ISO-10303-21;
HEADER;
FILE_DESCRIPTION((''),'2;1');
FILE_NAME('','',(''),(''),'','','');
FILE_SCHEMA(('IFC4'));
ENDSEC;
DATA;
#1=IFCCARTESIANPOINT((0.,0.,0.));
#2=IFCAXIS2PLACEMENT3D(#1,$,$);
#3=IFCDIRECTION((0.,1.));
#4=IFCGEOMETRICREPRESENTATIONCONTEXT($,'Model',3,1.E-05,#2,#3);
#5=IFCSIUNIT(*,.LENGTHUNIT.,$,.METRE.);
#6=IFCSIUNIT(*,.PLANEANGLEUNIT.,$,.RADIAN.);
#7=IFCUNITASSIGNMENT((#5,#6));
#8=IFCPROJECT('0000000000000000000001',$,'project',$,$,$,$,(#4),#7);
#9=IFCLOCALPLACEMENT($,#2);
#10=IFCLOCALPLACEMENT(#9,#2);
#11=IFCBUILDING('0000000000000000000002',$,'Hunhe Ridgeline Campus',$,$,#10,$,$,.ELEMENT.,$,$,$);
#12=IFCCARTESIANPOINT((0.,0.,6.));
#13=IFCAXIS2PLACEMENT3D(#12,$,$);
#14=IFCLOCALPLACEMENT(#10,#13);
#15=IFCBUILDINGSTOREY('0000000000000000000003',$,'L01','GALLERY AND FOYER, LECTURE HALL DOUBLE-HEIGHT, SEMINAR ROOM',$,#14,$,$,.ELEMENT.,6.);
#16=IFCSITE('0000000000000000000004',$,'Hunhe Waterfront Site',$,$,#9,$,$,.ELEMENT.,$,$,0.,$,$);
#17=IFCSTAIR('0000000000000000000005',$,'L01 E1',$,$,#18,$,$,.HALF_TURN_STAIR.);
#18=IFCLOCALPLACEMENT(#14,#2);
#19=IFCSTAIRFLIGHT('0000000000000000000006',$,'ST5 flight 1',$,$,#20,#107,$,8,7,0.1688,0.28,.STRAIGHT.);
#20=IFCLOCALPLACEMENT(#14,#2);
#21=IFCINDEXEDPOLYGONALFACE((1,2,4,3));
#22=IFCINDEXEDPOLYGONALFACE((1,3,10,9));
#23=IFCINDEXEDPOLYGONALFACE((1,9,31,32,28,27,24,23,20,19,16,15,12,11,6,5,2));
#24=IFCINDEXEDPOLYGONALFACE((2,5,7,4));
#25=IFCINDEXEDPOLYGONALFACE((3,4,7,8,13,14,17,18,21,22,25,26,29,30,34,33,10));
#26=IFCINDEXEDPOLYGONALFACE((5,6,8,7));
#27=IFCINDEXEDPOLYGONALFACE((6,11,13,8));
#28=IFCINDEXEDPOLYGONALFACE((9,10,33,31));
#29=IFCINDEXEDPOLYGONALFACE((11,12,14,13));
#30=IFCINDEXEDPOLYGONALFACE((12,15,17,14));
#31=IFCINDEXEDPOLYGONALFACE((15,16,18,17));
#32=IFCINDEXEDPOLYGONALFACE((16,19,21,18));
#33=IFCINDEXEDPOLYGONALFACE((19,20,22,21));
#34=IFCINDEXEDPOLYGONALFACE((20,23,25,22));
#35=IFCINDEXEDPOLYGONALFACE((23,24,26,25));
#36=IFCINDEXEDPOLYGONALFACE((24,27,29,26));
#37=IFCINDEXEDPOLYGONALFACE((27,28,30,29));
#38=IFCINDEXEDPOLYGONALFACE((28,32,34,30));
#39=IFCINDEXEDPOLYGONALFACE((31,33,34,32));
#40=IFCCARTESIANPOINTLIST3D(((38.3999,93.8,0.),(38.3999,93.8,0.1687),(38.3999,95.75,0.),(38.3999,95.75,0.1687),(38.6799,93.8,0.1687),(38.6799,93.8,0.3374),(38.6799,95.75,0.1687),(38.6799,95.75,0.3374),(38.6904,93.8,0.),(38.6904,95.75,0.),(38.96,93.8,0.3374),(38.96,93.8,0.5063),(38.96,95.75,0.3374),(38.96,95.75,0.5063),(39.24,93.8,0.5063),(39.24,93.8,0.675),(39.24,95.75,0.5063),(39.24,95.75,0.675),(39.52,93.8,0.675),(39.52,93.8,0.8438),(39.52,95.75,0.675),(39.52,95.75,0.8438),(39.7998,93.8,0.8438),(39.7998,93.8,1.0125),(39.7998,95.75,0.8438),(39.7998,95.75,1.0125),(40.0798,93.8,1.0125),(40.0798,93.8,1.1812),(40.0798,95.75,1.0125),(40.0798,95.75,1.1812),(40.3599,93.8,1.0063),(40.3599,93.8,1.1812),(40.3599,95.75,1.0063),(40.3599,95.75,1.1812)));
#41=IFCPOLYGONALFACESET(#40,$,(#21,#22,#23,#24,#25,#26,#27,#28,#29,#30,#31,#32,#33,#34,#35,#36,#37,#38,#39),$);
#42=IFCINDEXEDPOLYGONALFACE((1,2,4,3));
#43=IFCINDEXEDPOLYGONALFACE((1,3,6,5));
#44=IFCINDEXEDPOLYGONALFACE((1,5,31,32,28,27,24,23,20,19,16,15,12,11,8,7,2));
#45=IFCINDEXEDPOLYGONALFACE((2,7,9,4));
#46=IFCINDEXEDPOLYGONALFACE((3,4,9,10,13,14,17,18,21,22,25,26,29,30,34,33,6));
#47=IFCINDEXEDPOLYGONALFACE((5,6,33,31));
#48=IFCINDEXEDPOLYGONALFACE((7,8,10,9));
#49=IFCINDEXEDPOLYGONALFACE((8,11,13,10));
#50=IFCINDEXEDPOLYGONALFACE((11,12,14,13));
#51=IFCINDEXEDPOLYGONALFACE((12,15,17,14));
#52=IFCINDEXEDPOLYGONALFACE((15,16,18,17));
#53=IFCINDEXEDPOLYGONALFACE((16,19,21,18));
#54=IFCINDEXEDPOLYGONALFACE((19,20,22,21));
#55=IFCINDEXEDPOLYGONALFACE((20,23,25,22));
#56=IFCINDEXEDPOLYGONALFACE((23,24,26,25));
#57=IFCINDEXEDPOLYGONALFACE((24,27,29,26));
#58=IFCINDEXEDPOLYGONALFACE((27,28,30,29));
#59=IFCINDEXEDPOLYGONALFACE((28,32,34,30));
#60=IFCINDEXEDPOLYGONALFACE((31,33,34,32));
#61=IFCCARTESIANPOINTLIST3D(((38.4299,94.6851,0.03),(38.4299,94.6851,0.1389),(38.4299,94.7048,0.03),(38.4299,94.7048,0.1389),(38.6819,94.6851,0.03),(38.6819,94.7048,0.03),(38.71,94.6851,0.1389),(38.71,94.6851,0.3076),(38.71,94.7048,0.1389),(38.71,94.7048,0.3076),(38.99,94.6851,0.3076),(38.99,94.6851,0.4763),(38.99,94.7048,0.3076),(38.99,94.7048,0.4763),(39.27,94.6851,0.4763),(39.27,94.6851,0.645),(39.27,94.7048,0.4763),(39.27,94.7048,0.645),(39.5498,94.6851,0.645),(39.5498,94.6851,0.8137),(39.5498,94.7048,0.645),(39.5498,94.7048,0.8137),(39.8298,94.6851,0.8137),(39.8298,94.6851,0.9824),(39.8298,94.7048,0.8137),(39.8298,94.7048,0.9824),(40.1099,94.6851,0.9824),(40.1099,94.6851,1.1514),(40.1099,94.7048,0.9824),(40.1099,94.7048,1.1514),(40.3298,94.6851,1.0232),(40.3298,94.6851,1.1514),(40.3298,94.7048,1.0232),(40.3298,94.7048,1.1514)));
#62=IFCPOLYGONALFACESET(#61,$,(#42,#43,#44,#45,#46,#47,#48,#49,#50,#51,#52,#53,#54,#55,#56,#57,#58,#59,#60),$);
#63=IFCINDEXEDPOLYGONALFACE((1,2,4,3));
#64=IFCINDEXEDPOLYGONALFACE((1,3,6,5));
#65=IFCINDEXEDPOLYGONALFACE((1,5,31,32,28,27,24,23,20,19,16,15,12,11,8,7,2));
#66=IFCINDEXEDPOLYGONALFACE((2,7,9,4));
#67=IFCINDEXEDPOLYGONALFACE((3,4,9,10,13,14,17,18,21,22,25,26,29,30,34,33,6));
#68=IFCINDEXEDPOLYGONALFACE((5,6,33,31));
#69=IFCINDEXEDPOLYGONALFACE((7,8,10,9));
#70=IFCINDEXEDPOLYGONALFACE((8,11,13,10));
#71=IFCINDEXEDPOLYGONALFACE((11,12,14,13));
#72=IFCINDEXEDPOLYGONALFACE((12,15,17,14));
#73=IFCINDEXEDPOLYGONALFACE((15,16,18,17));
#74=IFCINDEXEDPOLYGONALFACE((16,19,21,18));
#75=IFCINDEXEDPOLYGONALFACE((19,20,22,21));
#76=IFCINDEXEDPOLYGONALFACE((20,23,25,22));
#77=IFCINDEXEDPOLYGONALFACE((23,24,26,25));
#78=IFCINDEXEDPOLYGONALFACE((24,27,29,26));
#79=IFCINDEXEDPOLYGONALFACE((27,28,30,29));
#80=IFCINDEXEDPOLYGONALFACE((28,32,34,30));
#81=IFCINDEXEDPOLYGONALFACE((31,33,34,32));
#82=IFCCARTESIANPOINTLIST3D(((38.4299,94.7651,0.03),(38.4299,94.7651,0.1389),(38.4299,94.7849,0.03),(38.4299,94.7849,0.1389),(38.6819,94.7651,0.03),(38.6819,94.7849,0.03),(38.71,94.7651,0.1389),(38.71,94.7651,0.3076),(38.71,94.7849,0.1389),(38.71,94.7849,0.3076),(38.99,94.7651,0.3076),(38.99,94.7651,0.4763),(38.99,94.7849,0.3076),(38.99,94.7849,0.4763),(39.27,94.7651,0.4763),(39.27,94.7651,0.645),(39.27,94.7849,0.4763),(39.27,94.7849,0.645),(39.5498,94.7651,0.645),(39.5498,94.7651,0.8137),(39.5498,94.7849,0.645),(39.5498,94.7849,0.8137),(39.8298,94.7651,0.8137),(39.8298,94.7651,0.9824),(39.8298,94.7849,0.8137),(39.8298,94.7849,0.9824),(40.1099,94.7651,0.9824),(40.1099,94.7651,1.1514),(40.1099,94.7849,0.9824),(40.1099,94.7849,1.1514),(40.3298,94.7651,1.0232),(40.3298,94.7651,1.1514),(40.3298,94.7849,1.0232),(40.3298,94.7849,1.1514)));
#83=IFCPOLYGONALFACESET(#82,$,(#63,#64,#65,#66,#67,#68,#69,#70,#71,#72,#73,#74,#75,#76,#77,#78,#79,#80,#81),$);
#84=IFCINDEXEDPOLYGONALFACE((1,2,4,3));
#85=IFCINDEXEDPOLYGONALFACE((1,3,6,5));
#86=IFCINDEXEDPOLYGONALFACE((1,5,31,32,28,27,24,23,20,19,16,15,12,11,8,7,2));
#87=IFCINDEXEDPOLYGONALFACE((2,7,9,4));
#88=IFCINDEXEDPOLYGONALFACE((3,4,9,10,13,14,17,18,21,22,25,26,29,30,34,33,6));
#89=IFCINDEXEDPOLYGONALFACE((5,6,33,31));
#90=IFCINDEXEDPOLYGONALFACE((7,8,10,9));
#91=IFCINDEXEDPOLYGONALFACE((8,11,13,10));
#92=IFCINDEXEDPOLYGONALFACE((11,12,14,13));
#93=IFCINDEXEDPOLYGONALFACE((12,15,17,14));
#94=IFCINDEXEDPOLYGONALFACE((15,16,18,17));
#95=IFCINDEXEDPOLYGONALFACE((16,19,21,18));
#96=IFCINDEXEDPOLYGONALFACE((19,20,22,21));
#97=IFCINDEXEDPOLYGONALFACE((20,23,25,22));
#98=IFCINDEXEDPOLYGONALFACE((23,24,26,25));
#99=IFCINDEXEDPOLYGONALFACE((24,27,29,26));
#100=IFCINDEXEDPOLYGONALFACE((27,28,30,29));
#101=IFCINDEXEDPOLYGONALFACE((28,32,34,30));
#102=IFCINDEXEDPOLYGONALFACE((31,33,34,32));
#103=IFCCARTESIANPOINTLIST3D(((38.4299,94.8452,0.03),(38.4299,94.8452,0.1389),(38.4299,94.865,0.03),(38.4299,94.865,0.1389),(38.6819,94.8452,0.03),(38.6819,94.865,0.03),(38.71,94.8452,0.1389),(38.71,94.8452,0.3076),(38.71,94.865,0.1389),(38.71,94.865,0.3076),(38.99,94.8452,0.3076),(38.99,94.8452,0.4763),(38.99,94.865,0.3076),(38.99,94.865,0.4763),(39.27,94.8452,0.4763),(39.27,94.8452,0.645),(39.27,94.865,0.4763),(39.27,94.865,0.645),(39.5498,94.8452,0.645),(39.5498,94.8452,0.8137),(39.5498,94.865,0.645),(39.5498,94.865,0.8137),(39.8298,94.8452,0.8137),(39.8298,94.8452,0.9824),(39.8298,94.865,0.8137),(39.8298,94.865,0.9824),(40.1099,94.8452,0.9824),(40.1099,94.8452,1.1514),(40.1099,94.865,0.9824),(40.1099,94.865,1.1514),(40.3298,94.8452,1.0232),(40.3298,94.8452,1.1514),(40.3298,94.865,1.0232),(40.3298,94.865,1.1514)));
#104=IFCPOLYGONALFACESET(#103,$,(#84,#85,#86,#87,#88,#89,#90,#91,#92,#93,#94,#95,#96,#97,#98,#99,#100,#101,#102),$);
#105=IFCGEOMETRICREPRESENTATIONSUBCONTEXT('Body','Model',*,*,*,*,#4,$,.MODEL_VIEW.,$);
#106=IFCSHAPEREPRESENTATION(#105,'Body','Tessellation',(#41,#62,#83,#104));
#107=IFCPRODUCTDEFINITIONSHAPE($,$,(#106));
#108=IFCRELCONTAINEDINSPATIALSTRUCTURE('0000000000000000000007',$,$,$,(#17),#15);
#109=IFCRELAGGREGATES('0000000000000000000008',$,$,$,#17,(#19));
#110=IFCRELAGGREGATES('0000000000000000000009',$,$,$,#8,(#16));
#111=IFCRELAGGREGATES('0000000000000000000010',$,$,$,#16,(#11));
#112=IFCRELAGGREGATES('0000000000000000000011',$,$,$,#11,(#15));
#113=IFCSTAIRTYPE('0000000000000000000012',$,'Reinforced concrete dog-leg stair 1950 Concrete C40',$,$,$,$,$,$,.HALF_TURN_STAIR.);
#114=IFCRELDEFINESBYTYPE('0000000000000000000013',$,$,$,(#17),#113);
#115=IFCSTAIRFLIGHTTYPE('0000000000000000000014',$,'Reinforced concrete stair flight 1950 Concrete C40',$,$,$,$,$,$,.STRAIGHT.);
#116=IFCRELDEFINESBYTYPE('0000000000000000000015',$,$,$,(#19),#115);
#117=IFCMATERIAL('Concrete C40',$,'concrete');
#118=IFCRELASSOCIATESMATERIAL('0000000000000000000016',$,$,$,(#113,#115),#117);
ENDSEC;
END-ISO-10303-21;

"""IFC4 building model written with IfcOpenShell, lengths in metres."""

from ifc_helpers import new_model, si_unit, direction, frame, origin, place, context, subcontext, project, spatial, polyline, outline, extrude, material, type_object, element, aggregate, save


model = new_model("IFC4")

# Units and contexts
model_context = context("Model", 3, precision=1e-05, world=origin(), true_north=direction((0.0, 1.0)))
body_context = subcontext(model_context, "Body", "Model", "MODEL_VIEW")
ifc_project = project(units=[si_unit("LENGTHUNIT", "METRE"), si_unit("PLANEANGLEUNIT", "RADIAN")], contexts=[model_context])

# Site, building, storey
site_placement = place(None, origin())
site = spatial("IfcSite", under=ifc_project, at=site_placement, Name="Hunhe Waterfront Site", CompositionType="ELEMENT", RefElevation=0.0)
building_placement = place(site_placement, origin())
building = spatial("IfcBuilding", under=site, at=building_placement, Name="Hunhe Ridgeline Campus", CompositionType="ELEMENT")
storey_placement = place(building_placement, frame((0.0, 0.0, 6.0)))
storey = spatial("IfcBuildingStorey", under=building, at=storey_placement, Name="L01", Description="GALLERY AND FOYER, LECTURE HALL DOUBLE-HEIGHT, SEMINAR ROOM", CompositionType="ELEMENT", Elevation=6.0)

# Stair, stair flight
ifc_material_1 = material(Name="Concrete C40", Category="concrete")
stair_type = type_object("IfcStairType", Name="Reinforced concrete dog-leg stair 1950 Concrete C40", PredefinedType="HALF_TURN_STAIR", material=ifc_material_1)
stair_placement = place(storey_placement, origin())
stair = element("IfcStair", 1, at=stair_placement, inside=storey, type_object=stair_type, Name="L01 E1", PredefinedType="HALF_TURN_STAIR")
stair_flight_type = type_object("IfcStairFlightType", Name="Reinforced concrete stair flight 1950 Concrete C40", PredefinedType="STRAIGHT", material=ifc_material_1)
stair_flight_1_placement = place(storey_placement, frame((38.3999, 94.7749, 0.0), z_axis=(0.0, 0.0, 1.0), x_axis=(1.0, 0.0, 0.0)))
stair_flight_1 = element("IfcStairFlight", 2, at=stair_flight_1_placement, type_object=stair_flight_type, Name="ST5 flight 1", NumberOfRisers=8, NumberOfTreads=7, PredefinedType="STRAIGHT", RiserHeight=0.1688, TreadLength=0.28, context=body_context, shape_type="SweptSolid", body=[
    extrude(outline(polyline([(0.0, 0.0), (0.0, 0.1687), (0.28, 0.1687), (0.28, 0.3374), (0.5601, 0.3374), (0.5601, 0.5063), (0.8401, 0.5063), (0.8401, 0.675), (1.1201, 0.675), (1.1201, 0.8438), (1.3999, 0.8438), (1.3999, 1.0125), (1.6799, 1.0125), (1.6799, 1.1812), (1.96, 1.1812), (1.96, 1.3501), (1.96, 1.0063), (0.2905, 0.0), (0.0, 0.0)])), frame((0.0, 0.9751, 0.0), z_axis=(0.0, -1.0, 0.0), x_axis=(1.0, 0.0, 0.0)), (0.0, 0.0, 1.0), 1.95),
    extrude(outline(polyline([(0.03, 0.03), (0.03, 0.1389), (0.3101, 0.1389), (0.3101, 0.3076), (0.5901, 0.3076), (0.5901, 0.4763), (0.8701, 0.4763), (0.8701, 0.645), (1.1499, 0.645), (1.1499, 0.8137), (1.4299, 0.8137), (1.4299, 0.9824), (1.71, 0.9824), (1.71, 1.1514), (1.9299, 1.1514), (1.9299, 1.0232), (0.282, 0.03), (0.03, 0.03)])), frame((0.0, -0.0701, 0.0), z_axis=(0.0, -1.0, 0.0), x_axis=(1.0, 0.0, 0.0)), (0.0, 0.0, 1.0), 0.0198),
    extrude(outline(polyline([(0.03, 0.03), (0.03, 0.1389), (0.3101, 0.1389), (0.3101, 0.3076), (0.5901, 0.3076), (0.5901, 0.4763), (0.8701, 0.4763), (0.8701, 0.645), (1.1499, 0.645), (1.1499, 0.8137), (1.4299, 0.8137), (1.4299, 0.9824), (1.71, 0.9824), (1.71, 1.1514), (1.9299, 1.1514), (1.9299, 1.0232), (0.282, 0.03), (0.03, 0.03)])), frame((0.0, 0.01, 0.0), z_axis=(0.0, -1.0, 0.0), x_axis=(1.0, 0.0, 0.0)), (0.0, 0.0, 1.0), 0.0198),
    extrude(outline(polyline([(0.03, 0.03), (0.03, 0.1389), (0.3101, 0.1389), (0.3101, 0.3076), (0.5901, 0.3076), (0.5901, 0.4763), (0.8701, 0.4763), (0.8701, 0.645), (1.1499, 0.645), (1.1499, 0.8137), (1.4299, 0.8137), (1.4299, 0.9824), (1.71, 0.9824), (1.71, 1.1514), (1.9299, 1.1514), (1.9299, 1.0232), (0.282, 0.03), (0.03, 0.03)])), frame((0.0, 0.0901, 0.0), z_axis=(0.0, -1.0, 0.0), x_axis=(1.0, 0.0, 0.0)), (0.0, 0.0, 1.0), 0.0198),
])
aggregate(stair, [stair_flight_1])

save(model, "model.ifc")
